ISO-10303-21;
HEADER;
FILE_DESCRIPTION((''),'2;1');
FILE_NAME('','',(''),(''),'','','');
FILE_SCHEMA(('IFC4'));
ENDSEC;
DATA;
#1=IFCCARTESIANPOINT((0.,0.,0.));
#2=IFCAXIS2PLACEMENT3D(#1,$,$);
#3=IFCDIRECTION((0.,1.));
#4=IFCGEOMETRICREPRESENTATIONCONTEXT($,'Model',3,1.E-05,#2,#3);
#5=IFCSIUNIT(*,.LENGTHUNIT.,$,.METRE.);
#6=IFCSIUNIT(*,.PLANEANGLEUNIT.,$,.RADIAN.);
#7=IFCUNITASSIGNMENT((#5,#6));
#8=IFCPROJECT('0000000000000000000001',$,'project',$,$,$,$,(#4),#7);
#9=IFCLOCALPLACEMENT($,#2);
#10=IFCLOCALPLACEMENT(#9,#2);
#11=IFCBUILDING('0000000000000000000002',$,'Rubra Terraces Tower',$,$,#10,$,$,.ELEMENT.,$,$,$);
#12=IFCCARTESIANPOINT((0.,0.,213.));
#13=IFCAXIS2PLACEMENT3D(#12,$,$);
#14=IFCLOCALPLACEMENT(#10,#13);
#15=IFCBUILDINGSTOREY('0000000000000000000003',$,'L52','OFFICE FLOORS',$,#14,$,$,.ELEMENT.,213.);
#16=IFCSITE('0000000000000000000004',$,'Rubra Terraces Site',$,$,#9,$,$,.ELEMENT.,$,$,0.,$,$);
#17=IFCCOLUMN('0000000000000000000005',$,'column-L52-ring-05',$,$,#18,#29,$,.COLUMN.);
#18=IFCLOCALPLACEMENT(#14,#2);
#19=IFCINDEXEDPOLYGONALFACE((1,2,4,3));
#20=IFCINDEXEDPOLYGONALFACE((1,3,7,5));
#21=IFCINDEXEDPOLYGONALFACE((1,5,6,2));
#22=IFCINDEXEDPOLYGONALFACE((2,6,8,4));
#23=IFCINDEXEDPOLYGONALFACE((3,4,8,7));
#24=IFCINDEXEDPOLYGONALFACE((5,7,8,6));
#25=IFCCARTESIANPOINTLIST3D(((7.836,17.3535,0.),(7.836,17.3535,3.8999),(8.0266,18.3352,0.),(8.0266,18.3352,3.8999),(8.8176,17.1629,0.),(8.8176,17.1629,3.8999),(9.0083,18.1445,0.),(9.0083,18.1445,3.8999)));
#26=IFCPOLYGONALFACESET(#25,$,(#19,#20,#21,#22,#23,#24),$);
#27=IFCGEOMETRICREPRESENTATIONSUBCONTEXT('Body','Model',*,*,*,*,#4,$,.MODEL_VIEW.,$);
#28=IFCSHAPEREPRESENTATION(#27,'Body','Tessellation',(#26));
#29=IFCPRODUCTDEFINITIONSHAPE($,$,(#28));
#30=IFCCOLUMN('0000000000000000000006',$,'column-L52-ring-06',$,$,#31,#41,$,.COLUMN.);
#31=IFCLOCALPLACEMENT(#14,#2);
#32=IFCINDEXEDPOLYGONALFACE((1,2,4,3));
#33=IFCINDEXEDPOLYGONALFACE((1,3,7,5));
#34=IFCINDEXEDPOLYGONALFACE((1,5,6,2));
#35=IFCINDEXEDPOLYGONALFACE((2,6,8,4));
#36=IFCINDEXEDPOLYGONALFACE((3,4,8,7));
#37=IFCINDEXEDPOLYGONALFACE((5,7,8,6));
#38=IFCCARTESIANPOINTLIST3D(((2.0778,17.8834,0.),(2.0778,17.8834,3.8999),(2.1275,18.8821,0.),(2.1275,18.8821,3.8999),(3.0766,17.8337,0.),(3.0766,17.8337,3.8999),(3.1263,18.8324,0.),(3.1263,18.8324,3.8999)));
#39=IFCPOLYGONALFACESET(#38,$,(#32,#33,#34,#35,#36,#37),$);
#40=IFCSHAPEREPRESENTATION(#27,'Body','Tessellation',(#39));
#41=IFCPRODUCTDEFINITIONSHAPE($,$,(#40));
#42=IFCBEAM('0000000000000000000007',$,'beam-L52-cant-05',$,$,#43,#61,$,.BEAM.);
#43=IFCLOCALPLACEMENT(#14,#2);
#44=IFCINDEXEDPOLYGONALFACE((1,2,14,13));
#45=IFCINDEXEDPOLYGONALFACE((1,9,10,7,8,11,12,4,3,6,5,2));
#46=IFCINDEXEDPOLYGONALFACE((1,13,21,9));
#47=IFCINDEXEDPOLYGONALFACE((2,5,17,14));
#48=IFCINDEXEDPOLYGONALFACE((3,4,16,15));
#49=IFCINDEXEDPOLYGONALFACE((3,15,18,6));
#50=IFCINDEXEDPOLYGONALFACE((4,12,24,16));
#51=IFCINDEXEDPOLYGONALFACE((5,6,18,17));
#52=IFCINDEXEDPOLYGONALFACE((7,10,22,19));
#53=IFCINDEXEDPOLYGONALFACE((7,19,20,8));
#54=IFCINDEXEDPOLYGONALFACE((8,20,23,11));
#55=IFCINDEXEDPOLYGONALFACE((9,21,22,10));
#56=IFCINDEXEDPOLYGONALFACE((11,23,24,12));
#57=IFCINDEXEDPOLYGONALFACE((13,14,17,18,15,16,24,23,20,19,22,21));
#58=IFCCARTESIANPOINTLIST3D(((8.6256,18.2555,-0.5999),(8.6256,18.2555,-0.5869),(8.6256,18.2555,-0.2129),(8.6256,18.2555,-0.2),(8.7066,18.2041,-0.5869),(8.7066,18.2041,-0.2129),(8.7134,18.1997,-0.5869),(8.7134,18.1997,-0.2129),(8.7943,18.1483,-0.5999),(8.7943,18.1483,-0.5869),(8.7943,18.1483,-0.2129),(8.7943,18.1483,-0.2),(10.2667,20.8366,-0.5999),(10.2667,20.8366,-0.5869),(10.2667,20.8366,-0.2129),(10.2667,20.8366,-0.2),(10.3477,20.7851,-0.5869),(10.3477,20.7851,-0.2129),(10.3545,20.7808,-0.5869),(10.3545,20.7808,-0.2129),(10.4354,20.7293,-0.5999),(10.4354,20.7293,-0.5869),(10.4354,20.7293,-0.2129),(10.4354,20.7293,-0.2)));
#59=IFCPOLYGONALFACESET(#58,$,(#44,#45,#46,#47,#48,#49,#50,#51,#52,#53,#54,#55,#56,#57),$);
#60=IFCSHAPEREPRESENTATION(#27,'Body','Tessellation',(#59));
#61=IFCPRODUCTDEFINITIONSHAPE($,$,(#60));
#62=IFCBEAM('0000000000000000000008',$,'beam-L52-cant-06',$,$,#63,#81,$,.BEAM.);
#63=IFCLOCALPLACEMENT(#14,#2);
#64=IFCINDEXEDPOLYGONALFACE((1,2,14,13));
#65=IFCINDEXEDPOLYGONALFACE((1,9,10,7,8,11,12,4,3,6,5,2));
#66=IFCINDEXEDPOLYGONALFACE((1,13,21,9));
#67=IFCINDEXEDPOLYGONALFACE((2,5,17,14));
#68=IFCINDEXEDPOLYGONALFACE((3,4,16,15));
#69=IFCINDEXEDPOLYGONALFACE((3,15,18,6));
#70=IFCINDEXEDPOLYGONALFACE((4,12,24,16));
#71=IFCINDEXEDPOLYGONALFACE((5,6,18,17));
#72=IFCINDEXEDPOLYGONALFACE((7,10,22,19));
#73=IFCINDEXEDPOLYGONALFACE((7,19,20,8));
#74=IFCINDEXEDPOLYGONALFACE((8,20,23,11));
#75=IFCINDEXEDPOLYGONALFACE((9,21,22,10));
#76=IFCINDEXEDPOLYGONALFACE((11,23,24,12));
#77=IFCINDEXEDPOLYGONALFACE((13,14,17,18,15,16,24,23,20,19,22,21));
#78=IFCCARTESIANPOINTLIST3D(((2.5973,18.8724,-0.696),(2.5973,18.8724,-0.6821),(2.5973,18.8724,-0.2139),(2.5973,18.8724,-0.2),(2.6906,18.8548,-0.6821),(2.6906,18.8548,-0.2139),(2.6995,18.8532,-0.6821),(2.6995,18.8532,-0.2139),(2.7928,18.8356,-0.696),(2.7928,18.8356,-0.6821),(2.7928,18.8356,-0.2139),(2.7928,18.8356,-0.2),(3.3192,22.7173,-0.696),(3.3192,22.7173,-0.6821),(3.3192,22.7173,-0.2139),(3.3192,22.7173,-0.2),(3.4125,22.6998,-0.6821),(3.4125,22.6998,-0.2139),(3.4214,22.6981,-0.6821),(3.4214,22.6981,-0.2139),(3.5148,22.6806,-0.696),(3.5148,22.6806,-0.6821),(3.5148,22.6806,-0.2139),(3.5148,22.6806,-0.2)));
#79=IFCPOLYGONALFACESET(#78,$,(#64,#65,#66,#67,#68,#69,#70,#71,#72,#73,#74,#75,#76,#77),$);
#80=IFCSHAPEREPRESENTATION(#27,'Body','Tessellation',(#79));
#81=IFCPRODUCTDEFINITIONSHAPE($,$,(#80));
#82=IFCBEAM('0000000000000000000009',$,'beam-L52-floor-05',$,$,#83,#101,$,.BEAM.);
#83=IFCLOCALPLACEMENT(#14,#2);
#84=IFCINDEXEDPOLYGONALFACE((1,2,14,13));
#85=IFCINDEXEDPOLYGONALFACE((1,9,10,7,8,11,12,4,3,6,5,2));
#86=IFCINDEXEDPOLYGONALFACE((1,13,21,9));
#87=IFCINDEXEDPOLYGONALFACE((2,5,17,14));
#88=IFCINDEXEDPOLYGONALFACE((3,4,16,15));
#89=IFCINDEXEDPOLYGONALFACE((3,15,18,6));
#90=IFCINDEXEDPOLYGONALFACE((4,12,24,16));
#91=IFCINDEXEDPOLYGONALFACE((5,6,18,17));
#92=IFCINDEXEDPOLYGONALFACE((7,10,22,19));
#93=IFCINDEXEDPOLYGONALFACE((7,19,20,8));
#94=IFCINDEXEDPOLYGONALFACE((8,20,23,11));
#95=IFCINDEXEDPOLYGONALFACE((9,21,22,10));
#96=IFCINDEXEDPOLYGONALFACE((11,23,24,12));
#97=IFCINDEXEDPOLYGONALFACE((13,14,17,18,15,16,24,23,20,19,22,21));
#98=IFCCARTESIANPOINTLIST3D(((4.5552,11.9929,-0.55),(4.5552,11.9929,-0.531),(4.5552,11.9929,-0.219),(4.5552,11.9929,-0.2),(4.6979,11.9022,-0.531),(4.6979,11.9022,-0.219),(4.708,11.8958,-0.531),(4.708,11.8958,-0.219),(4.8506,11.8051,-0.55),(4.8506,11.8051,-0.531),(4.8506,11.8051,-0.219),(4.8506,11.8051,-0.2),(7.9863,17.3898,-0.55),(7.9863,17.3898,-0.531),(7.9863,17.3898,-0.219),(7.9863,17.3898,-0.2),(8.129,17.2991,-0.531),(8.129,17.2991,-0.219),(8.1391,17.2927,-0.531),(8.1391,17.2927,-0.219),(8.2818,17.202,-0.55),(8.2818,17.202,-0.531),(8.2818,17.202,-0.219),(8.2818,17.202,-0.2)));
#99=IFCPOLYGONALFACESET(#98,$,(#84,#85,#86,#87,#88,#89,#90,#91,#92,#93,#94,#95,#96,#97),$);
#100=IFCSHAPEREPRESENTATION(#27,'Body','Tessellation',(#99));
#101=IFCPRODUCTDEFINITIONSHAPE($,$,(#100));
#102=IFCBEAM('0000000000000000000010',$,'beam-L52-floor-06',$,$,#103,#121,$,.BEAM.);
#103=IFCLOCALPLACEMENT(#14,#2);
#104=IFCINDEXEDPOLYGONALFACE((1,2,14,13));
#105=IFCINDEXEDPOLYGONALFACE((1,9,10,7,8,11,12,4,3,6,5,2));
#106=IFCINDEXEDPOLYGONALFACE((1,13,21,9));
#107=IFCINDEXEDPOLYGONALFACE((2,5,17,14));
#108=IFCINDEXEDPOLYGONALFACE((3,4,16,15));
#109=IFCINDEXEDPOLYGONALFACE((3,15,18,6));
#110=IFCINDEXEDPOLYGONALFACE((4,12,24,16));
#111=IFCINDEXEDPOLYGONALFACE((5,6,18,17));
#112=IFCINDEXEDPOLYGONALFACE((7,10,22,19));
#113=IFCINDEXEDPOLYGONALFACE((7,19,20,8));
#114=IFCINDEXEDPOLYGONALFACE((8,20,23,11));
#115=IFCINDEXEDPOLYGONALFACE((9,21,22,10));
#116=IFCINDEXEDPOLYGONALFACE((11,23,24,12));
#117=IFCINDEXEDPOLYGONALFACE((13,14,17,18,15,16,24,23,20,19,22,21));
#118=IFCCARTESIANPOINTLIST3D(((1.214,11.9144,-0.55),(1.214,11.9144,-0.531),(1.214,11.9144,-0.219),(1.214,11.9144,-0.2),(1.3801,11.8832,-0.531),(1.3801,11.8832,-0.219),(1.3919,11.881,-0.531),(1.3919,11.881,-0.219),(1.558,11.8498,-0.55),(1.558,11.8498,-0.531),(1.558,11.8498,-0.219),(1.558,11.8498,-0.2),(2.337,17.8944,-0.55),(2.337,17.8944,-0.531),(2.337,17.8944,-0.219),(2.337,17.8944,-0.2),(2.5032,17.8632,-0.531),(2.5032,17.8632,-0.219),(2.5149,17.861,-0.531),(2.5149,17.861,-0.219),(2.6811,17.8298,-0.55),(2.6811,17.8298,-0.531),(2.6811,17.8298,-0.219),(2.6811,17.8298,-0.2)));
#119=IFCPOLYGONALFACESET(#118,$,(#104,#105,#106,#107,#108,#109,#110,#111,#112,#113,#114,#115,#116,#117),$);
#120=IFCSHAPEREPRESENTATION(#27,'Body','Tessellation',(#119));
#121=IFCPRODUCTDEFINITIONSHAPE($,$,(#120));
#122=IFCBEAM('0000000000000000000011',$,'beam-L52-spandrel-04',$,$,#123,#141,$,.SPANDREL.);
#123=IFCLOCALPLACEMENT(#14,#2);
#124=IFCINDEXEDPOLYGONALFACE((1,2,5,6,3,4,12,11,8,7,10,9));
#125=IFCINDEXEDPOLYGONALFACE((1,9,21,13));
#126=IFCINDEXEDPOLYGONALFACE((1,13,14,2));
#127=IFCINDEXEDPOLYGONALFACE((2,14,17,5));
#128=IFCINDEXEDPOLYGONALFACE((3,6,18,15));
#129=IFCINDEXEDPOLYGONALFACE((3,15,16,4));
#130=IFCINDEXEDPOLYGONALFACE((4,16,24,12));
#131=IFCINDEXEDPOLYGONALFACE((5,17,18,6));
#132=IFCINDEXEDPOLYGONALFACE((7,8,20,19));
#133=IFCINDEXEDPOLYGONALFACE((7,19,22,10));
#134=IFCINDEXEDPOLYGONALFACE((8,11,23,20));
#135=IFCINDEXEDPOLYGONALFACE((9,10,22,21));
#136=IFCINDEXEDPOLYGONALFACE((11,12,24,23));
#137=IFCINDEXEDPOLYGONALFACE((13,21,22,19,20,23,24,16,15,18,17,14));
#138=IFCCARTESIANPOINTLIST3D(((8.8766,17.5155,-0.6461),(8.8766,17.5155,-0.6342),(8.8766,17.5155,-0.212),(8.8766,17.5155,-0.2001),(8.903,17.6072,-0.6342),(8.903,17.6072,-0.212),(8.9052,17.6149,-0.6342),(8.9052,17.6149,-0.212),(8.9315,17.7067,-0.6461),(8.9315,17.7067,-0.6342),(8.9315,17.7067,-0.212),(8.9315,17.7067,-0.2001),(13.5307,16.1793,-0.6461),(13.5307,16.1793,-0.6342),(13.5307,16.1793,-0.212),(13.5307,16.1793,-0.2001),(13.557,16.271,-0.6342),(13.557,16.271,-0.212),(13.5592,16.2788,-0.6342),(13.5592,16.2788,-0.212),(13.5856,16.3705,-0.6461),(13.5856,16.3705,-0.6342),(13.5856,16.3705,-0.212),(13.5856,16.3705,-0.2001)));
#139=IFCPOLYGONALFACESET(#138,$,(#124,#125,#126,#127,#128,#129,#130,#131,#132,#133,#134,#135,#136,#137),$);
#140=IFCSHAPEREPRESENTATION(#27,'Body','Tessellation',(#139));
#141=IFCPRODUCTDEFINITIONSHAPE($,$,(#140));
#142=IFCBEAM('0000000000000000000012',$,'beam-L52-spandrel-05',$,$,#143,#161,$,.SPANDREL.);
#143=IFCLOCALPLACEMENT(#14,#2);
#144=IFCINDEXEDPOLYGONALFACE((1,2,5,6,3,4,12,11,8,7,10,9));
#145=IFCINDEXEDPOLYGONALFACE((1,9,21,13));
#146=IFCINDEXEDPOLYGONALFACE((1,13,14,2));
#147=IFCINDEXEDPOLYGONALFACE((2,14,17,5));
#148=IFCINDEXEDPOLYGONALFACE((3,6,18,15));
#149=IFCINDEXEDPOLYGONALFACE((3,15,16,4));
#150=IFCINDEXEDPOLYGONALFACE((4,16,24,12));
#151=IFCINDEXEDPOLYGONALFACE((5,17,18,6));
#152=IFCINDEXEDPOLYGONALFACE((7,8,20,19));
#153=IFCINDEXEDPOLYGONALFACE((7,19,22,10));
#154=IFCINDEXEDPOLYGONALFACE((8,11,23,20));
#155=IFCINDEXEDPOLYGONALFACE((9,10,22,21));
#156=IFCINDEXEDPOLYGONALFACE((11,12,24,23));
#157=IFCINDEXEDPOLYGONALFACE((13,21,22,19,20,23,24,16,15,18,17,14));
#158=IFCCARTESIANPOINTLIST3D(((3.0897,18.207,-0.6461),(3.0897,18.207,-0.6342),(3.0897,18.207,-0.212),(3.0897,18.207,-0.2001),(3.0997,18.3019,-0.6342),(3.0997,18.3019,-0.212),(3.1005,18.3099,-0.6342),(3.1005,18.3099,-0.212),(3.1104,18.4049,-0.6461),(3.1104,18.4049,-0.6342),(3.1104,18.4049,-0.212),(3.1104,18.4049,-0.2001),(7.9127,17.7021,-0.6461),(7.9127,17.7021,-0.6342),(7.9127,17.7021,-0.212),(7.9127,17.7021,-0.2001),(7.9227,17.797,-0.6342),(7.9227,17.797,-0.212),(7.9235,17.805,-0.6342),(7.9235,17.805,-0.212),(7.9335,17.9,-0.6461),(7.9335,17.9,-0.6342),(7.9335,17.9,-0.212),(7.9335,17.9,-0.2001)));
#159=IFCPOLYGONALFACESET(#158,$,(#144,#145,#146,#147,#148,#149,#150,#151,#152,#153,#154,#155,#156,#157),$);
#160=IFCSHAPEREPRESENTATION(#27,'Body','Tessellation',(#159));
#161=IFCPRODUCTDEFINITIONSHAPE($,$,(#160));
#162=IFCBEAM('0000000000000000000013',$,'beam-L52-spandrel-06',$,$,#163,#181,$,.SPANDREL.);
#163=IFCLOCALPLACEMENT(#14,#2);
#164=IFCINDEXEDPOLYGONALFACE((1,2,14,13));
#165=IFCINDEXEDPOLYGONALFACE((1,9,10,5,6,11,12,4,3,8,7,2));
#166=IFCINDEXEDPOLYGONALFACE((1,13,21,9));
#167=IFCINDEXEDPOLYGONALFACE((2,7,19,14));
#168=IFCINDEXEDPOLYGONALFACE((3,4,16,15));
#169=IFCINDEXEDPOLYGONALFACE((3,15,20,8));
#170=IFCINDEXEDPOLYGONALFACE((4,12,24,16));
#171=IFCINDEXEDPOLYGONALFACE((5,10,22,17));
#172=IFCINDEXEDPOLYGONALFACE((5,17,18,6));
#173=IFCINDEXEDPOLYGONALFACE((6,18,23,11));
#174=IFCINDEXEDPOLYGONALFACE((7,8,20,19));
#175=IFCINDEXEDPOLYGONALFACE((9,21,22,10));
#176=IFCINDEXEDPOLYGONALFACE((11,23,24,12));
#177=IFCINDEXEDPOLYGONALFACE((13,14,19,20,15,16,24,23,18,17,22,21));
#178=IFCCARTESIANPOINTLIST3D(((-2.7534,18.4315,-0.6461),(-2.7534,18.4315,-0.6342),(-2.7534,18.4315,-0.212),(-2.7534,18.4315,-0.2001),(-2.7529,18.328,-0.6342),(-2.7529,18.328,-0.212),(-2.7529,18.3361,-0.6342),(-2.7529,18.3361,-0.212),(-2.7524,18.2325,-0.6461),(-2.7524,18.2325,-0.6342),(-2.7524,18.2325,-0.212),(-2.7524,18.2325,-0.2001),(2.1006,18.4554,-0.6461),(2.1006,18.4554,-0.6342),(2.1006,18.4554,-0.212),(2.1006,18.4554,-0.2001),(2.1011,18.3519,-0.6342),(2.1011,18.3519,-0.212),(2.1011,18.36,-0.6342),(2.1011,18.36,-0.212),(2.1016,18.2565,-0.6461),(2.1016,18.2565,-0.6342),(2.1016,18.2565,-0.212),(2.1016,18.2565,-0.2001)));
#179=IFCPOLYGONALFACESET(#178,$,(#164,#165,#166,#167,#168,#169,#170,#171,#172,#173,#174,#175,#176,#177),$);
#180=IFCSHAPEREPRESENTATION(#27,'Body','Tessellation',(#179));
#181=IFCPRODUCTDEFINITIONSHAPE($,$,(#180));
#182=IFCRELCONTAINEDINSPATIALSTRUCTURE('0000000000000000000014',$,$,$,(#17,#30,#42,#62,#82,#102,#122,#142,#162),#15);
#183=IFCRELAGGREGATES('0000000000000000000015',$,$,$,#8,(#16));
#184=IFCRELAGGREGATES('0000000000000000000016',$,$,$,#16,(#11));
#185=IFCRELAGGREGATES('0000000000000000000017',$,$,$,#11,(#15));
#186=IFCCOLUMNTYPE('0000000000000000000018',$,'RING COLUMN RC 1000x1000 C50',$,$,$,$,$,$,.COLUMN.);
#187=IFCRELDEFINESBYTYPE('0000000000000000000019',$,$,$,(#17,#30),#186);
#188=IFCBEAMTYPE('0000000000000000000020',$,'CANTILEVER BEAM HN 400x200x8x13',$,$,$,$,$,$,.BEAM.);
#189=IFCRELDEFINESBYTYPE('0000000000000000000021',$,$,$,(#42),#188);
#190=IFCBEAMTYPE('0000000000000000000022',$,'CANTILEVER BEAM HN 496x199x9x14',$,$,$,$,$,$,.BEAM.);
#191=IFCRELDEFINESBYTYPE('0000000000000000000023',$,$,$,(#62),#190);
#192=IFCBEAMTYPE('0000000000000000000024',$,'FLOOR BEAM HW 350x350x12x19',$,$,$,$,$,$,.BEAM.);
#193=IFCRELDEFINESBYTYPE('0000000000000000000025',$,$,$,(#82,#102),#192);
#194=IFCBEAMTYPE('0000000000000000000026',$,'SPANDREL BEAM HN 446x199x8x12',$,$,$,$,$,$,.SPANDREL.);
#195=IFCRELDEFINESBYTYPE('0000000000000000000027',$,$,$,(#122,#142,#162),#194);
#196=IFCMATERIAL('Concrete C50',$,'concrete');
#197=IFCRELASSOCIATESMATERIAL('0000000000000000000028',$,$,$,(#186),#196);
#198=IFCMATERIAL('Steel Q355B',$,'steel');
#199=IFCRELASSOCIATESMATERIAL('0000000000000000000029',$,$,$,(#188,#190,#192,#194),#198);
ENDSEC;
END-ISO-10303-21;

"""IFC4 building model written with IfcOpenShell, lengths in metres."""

from ifc_helpers import new_model, si_unit, direction, frame, origin, origin_2d, place, context, subcontext, project, spatial, rectangle, i_section, extrude, material, material_profile, profile_set, type_object, element, save


model = new_model("IFC4")

# Units and contexts
model_context = context("Model", 3, precision=1e-05, world=origin(), true_north=direction((0.0, 1.0)))
body_context = subcontext(model_context, "Body", "Model", "MODEL_VIEW")
ifc_project = project(units=[si_unit("LENGTHUNIT", "METRE"), si_unit("PLANEANGLEUNIT", "RADIAN")], contexts=[model_context])

# Site, building, storey
site_placement = place(None, origin())
site = spatial("IfcSite", under=ifc_project, at=site_placement, Name="Rubra Terraces Site", CompositionType="ELEMENT", RefElevation=0.0)
building_placement = place(site_placement, origin())
building = spatial("IfcBuilding", under=site, at=building_placement, Name="Rubra Terraces Tower", CompositionType="ELEMENT")
storey_placement = place(building_placement, frame((0.0, 0.0, 213.0)))
storey = spatial("IfcBuildingStorey", under=building, at=storey_placement, Name="L52", Description="OFFICE FLOORS", CompositionType="ELEMENT", Elevation=213.0)

# Columns
ifc_material_1 = material(Name="Concrete C50", Category="concrete")
ifc_material_profile_1 = material_profile(ifc_material_1, rectangle(XDim=1.0, YDim=1.0, at=origin_2d()), Name="RC 1000x1000")
ifc_profile_set_1 = profile_set([ifc_material_profile_1], Name="Concrete C50")
column_type = type_object("IfcColumnType", Name="RING COLUMN RC 1000x1000 C50", PredefinedType="COLUMN", material=ifc_profile_set_1)
for number, where, z_axis, x_axis, name in (
    (1, (8.4221, 17.749, 0.0), (0.0, 0.0, 1.0), (-0.981655, 0.190668, 0.0), "column-L52-ring-05"),
    (2, (2.6021, 18.3579, 0.0), (0.0, 0.0, 1.0), (-0.998764, 0.049699, 0.0), "column-L52-ring-06"),
):
    element("IfcColumn", number, at=place(storey_placement, frame(where, z_axis=z_axis, x_axis=x_axis)), inside=storey, type_object=column_type, Name=name, PredefinedType="COLUMN", context=body_context, shape_type="SweptSolid", body=[
        extrude(rectangle(XDim=1.0, YDim=1.0, at=origin_2d()), origin(), (0.0, 0.0, 1.0), 3.8999),
    ])

# Beams
ifc_material_2 = material(Name="Steel Q355B", Category="steel")
ifc_material_profile_2 = material_profile(ifc_material_2, i_section(OverallWidth=0.2, OverallDepth=0.3999, WebThickness=0.0081, FlangeThickness=0.0129, at=origin_2d()), Name="HN 400x200x8x13")
ifc_profile_set_2 = profile_set([ifc_material_profile_2], Name="Steel Q355B")
beam_type_1 = type_object("IfcBeamType", Name="CANTILEVER BEAM HN 400x200x8x13", PredefinedType="BEAM", material=ifc_profile_set_2)
beam_1_placement = place(storey_placement, frame((8.71, 18.2019, -0.3999), z_axis=(0.536555, 0.843865, 0.0), x_axis=(-0.843865, 0.536555, 0.0)))
element("IfcBeam", 3, at=beam_1_placement, inside=storey, type_object=beam_type_1, Name="beam-L52-cant-05", PredefinedType="BEAM", context=body_context, shape_type="SweptSolid", body=[
    extrude(i_section(OverallWidth=0.2, OverallDepth=0.3999, WebThickness=0.0081, FlangeThickness=0.0129, at=origin_2d()), origin(), (0.0, 0.0, 1.0), 3.0586),
])
ifc_material_profile_3 = material_profile(ifc_material_2, i_section(OverallWidth=0.199, OverallDepth=0.4961, WebThickness=0.009, FlangeThickness=0.0139, at=origin_2d()), Name="HN 496x199x9x14")
ifc_profile_set_3 = profile_set([ifc_material_profile_3], Name="Steel Q355B")
beam_type_2 = type_object("IfcBeamType", Name="CANTILEVER BEAM HN 496x199x9x14", PredefinedType="BEAM", material=ifc_profile_set_3)
beam_2_placement = place(storey_placement, frame((2.6951, 18.854, -0.448), z_axis=(0.184533, 0.982826, 0.0), x_axis=(-0.982826, 0.184533, 0.0)))
element("IfcBeam", 4, at=beam_2_placement, inside=storey, type_object=beam_type_2, Name="beam-L52-cant-06", PredefinedType="BEAM", context=body_context, shape_type="SweptSolid", body=[
    extrude(i_section(OverallWidth=0.199, OverallDepth=0.4961, WebThickness=0.009, FlangeThickness=0.0139, at=origin_2d()), origin(), (0.0, 0.0, 1.0), 3.9121),
])
ifc_material_profile_4 = material_profile(ifc_material_2, i_section(OverallWidth=0.3501, OverallDepth=0.3501, WebThickness=0.012, FlangeThickness=0.019, at=origin_2d()), Name="HW 350x350x12x19")
ifc_profile_set_4 = profile_set([ifc_material_profile_4], Name="Steel Q355B")
beam_type_3 = type_object("IfcBeamType", Name="FLOOR BEAM HW 350x350x12x19", PredefinedType="BEAM", material=ifc_profile_set_4)
beam_3_placement = place(storey_placement, frame((8.134, 17.2959, -0.375), z_axis=(-0.53651, -0.843894, 0.0), x_axis=(0.843894, -0.53651, 0.0)))
element("IfcBeam", 5, at=beam_3_placement, inside=storey, type_object=beam_type_3, Name="beam-L52-floor-05", PredefinedType="BEAM", context=body_context, shape_type="SweptSolid", body=[
    extrude(i_section(OverallWidth=0.3501, OverallDepth=0.3501, WebThickness=0.012, FlangeThickness=0.019, at=origin_2d()), origin(), (0.0, 0.0, 1.0), 6.3953),
])
beam_4_placement = place(storey_placement, frame((2.509, 17.8621, -0.375), z_axis=(-0.184574, -0.982819, 0.0), x_axis=(0.982819, -0.184574, 0.0)))
element("IfcBeam", 6, at=beam_4_placement, inside=storey, type_object=beam_type_3, Name="beam-L52-floor-06", PredefinedType="BEAM", context=body_context, shape_type="SweptSolid", body=[
    extrude(i_section(OverallWidth=0.3501, OverallDepth=0.3501, WebThickness=0.012, FlangeThickness=0.019, at=origin_2d()), origin(), (0.0, 0.0, 1.0), 6.0845),
])
ifc_material_profile_5 = material_profile(ifc_material_2, i_section(OverallWidth=0.199, OverallDepth=0.446, WebThickness=0.0081, FlangeThickness=0.012, at=origin_2d()), Name="HN 446x199x8x12")
ifc_profile_set_5 = profile_set([ifc_material_profile_5], Name="Steel Q355B")
beam_type_4 = type_object("IfcBeamType", Name="SPANDREL BEAM HN 446x199x8x12", PredefinedType="SPANDREL", material=ifc_profile_set_5)
beam_5_placement = place(storey_placement, frame((13.5581, 16.2749, -0.4231), z_axis=(-0.961171, 0.275953, 0.0), x_axis=(-0.275953, -0.961171, 0.0)))
element("IfcBeam", 7, at=beam_5_placement, inside=storey, type_object=beam_type_4, Name="beam-L52-spandrel-04", PredefinedType="SPANDREL", context=body_context, shape_type="SweptSolid", body=[
    extrude(i_section(OverallWidth=0.199, OverallDepth=0.446, WebThickness=0.0081, FlangeThickness=0.012, at=origin_2d()), origin(), (0.0, 0.0, 1.0), 4.842),
])
beam_6_placement = place(storey_placement, frame((7.9231, 17.801, -0.4231), z_axis=(-0.994565, 0.104113, 0.0), x_axis=(-0.104113, -0.994565, 0.0)))
element("IfcBeam", 8, at=beam_6_placement, inside=storey, type_object=beam_type_4, Name="beam-L52-spandrel-05", PredefinedType="SPANDREL", context=body_context, shape_type="SweptSolid", body=[
    extrude(i_section(OverallWidth=0.199, OverallDepth=0.446, WebThickness=0.0081, FlangeThickness=0.012, at=origin_2d()), origin(), (0.0, 0.0, 1.0), 4.8494),
])
beam_7_placement = place(storey_placement, frame((2.1011, 18.356, -0.4231), z_axis=(-0.999988, -0.004929, 0.0), x_axis=(0.004929, -0.999988, 0.0)))
element("IfcBeam", 9, at=beam_7_placement, inside=storey, type_object=beam_type_4, Name="beam-L52-spandrel-06", PredefinedType="SPANDREL", context=body_context, shape_type="SweptSolid", body=[
    extrude(i_section(OverallWidth=0.199, OverallDepth=0.446, WebThickness=0.0081, FlangeThickness=0.012, at=origin_2d()), origin(), (0.0, 0.0, 1.0), 4.854),
])

save(model, "model.ifc")
